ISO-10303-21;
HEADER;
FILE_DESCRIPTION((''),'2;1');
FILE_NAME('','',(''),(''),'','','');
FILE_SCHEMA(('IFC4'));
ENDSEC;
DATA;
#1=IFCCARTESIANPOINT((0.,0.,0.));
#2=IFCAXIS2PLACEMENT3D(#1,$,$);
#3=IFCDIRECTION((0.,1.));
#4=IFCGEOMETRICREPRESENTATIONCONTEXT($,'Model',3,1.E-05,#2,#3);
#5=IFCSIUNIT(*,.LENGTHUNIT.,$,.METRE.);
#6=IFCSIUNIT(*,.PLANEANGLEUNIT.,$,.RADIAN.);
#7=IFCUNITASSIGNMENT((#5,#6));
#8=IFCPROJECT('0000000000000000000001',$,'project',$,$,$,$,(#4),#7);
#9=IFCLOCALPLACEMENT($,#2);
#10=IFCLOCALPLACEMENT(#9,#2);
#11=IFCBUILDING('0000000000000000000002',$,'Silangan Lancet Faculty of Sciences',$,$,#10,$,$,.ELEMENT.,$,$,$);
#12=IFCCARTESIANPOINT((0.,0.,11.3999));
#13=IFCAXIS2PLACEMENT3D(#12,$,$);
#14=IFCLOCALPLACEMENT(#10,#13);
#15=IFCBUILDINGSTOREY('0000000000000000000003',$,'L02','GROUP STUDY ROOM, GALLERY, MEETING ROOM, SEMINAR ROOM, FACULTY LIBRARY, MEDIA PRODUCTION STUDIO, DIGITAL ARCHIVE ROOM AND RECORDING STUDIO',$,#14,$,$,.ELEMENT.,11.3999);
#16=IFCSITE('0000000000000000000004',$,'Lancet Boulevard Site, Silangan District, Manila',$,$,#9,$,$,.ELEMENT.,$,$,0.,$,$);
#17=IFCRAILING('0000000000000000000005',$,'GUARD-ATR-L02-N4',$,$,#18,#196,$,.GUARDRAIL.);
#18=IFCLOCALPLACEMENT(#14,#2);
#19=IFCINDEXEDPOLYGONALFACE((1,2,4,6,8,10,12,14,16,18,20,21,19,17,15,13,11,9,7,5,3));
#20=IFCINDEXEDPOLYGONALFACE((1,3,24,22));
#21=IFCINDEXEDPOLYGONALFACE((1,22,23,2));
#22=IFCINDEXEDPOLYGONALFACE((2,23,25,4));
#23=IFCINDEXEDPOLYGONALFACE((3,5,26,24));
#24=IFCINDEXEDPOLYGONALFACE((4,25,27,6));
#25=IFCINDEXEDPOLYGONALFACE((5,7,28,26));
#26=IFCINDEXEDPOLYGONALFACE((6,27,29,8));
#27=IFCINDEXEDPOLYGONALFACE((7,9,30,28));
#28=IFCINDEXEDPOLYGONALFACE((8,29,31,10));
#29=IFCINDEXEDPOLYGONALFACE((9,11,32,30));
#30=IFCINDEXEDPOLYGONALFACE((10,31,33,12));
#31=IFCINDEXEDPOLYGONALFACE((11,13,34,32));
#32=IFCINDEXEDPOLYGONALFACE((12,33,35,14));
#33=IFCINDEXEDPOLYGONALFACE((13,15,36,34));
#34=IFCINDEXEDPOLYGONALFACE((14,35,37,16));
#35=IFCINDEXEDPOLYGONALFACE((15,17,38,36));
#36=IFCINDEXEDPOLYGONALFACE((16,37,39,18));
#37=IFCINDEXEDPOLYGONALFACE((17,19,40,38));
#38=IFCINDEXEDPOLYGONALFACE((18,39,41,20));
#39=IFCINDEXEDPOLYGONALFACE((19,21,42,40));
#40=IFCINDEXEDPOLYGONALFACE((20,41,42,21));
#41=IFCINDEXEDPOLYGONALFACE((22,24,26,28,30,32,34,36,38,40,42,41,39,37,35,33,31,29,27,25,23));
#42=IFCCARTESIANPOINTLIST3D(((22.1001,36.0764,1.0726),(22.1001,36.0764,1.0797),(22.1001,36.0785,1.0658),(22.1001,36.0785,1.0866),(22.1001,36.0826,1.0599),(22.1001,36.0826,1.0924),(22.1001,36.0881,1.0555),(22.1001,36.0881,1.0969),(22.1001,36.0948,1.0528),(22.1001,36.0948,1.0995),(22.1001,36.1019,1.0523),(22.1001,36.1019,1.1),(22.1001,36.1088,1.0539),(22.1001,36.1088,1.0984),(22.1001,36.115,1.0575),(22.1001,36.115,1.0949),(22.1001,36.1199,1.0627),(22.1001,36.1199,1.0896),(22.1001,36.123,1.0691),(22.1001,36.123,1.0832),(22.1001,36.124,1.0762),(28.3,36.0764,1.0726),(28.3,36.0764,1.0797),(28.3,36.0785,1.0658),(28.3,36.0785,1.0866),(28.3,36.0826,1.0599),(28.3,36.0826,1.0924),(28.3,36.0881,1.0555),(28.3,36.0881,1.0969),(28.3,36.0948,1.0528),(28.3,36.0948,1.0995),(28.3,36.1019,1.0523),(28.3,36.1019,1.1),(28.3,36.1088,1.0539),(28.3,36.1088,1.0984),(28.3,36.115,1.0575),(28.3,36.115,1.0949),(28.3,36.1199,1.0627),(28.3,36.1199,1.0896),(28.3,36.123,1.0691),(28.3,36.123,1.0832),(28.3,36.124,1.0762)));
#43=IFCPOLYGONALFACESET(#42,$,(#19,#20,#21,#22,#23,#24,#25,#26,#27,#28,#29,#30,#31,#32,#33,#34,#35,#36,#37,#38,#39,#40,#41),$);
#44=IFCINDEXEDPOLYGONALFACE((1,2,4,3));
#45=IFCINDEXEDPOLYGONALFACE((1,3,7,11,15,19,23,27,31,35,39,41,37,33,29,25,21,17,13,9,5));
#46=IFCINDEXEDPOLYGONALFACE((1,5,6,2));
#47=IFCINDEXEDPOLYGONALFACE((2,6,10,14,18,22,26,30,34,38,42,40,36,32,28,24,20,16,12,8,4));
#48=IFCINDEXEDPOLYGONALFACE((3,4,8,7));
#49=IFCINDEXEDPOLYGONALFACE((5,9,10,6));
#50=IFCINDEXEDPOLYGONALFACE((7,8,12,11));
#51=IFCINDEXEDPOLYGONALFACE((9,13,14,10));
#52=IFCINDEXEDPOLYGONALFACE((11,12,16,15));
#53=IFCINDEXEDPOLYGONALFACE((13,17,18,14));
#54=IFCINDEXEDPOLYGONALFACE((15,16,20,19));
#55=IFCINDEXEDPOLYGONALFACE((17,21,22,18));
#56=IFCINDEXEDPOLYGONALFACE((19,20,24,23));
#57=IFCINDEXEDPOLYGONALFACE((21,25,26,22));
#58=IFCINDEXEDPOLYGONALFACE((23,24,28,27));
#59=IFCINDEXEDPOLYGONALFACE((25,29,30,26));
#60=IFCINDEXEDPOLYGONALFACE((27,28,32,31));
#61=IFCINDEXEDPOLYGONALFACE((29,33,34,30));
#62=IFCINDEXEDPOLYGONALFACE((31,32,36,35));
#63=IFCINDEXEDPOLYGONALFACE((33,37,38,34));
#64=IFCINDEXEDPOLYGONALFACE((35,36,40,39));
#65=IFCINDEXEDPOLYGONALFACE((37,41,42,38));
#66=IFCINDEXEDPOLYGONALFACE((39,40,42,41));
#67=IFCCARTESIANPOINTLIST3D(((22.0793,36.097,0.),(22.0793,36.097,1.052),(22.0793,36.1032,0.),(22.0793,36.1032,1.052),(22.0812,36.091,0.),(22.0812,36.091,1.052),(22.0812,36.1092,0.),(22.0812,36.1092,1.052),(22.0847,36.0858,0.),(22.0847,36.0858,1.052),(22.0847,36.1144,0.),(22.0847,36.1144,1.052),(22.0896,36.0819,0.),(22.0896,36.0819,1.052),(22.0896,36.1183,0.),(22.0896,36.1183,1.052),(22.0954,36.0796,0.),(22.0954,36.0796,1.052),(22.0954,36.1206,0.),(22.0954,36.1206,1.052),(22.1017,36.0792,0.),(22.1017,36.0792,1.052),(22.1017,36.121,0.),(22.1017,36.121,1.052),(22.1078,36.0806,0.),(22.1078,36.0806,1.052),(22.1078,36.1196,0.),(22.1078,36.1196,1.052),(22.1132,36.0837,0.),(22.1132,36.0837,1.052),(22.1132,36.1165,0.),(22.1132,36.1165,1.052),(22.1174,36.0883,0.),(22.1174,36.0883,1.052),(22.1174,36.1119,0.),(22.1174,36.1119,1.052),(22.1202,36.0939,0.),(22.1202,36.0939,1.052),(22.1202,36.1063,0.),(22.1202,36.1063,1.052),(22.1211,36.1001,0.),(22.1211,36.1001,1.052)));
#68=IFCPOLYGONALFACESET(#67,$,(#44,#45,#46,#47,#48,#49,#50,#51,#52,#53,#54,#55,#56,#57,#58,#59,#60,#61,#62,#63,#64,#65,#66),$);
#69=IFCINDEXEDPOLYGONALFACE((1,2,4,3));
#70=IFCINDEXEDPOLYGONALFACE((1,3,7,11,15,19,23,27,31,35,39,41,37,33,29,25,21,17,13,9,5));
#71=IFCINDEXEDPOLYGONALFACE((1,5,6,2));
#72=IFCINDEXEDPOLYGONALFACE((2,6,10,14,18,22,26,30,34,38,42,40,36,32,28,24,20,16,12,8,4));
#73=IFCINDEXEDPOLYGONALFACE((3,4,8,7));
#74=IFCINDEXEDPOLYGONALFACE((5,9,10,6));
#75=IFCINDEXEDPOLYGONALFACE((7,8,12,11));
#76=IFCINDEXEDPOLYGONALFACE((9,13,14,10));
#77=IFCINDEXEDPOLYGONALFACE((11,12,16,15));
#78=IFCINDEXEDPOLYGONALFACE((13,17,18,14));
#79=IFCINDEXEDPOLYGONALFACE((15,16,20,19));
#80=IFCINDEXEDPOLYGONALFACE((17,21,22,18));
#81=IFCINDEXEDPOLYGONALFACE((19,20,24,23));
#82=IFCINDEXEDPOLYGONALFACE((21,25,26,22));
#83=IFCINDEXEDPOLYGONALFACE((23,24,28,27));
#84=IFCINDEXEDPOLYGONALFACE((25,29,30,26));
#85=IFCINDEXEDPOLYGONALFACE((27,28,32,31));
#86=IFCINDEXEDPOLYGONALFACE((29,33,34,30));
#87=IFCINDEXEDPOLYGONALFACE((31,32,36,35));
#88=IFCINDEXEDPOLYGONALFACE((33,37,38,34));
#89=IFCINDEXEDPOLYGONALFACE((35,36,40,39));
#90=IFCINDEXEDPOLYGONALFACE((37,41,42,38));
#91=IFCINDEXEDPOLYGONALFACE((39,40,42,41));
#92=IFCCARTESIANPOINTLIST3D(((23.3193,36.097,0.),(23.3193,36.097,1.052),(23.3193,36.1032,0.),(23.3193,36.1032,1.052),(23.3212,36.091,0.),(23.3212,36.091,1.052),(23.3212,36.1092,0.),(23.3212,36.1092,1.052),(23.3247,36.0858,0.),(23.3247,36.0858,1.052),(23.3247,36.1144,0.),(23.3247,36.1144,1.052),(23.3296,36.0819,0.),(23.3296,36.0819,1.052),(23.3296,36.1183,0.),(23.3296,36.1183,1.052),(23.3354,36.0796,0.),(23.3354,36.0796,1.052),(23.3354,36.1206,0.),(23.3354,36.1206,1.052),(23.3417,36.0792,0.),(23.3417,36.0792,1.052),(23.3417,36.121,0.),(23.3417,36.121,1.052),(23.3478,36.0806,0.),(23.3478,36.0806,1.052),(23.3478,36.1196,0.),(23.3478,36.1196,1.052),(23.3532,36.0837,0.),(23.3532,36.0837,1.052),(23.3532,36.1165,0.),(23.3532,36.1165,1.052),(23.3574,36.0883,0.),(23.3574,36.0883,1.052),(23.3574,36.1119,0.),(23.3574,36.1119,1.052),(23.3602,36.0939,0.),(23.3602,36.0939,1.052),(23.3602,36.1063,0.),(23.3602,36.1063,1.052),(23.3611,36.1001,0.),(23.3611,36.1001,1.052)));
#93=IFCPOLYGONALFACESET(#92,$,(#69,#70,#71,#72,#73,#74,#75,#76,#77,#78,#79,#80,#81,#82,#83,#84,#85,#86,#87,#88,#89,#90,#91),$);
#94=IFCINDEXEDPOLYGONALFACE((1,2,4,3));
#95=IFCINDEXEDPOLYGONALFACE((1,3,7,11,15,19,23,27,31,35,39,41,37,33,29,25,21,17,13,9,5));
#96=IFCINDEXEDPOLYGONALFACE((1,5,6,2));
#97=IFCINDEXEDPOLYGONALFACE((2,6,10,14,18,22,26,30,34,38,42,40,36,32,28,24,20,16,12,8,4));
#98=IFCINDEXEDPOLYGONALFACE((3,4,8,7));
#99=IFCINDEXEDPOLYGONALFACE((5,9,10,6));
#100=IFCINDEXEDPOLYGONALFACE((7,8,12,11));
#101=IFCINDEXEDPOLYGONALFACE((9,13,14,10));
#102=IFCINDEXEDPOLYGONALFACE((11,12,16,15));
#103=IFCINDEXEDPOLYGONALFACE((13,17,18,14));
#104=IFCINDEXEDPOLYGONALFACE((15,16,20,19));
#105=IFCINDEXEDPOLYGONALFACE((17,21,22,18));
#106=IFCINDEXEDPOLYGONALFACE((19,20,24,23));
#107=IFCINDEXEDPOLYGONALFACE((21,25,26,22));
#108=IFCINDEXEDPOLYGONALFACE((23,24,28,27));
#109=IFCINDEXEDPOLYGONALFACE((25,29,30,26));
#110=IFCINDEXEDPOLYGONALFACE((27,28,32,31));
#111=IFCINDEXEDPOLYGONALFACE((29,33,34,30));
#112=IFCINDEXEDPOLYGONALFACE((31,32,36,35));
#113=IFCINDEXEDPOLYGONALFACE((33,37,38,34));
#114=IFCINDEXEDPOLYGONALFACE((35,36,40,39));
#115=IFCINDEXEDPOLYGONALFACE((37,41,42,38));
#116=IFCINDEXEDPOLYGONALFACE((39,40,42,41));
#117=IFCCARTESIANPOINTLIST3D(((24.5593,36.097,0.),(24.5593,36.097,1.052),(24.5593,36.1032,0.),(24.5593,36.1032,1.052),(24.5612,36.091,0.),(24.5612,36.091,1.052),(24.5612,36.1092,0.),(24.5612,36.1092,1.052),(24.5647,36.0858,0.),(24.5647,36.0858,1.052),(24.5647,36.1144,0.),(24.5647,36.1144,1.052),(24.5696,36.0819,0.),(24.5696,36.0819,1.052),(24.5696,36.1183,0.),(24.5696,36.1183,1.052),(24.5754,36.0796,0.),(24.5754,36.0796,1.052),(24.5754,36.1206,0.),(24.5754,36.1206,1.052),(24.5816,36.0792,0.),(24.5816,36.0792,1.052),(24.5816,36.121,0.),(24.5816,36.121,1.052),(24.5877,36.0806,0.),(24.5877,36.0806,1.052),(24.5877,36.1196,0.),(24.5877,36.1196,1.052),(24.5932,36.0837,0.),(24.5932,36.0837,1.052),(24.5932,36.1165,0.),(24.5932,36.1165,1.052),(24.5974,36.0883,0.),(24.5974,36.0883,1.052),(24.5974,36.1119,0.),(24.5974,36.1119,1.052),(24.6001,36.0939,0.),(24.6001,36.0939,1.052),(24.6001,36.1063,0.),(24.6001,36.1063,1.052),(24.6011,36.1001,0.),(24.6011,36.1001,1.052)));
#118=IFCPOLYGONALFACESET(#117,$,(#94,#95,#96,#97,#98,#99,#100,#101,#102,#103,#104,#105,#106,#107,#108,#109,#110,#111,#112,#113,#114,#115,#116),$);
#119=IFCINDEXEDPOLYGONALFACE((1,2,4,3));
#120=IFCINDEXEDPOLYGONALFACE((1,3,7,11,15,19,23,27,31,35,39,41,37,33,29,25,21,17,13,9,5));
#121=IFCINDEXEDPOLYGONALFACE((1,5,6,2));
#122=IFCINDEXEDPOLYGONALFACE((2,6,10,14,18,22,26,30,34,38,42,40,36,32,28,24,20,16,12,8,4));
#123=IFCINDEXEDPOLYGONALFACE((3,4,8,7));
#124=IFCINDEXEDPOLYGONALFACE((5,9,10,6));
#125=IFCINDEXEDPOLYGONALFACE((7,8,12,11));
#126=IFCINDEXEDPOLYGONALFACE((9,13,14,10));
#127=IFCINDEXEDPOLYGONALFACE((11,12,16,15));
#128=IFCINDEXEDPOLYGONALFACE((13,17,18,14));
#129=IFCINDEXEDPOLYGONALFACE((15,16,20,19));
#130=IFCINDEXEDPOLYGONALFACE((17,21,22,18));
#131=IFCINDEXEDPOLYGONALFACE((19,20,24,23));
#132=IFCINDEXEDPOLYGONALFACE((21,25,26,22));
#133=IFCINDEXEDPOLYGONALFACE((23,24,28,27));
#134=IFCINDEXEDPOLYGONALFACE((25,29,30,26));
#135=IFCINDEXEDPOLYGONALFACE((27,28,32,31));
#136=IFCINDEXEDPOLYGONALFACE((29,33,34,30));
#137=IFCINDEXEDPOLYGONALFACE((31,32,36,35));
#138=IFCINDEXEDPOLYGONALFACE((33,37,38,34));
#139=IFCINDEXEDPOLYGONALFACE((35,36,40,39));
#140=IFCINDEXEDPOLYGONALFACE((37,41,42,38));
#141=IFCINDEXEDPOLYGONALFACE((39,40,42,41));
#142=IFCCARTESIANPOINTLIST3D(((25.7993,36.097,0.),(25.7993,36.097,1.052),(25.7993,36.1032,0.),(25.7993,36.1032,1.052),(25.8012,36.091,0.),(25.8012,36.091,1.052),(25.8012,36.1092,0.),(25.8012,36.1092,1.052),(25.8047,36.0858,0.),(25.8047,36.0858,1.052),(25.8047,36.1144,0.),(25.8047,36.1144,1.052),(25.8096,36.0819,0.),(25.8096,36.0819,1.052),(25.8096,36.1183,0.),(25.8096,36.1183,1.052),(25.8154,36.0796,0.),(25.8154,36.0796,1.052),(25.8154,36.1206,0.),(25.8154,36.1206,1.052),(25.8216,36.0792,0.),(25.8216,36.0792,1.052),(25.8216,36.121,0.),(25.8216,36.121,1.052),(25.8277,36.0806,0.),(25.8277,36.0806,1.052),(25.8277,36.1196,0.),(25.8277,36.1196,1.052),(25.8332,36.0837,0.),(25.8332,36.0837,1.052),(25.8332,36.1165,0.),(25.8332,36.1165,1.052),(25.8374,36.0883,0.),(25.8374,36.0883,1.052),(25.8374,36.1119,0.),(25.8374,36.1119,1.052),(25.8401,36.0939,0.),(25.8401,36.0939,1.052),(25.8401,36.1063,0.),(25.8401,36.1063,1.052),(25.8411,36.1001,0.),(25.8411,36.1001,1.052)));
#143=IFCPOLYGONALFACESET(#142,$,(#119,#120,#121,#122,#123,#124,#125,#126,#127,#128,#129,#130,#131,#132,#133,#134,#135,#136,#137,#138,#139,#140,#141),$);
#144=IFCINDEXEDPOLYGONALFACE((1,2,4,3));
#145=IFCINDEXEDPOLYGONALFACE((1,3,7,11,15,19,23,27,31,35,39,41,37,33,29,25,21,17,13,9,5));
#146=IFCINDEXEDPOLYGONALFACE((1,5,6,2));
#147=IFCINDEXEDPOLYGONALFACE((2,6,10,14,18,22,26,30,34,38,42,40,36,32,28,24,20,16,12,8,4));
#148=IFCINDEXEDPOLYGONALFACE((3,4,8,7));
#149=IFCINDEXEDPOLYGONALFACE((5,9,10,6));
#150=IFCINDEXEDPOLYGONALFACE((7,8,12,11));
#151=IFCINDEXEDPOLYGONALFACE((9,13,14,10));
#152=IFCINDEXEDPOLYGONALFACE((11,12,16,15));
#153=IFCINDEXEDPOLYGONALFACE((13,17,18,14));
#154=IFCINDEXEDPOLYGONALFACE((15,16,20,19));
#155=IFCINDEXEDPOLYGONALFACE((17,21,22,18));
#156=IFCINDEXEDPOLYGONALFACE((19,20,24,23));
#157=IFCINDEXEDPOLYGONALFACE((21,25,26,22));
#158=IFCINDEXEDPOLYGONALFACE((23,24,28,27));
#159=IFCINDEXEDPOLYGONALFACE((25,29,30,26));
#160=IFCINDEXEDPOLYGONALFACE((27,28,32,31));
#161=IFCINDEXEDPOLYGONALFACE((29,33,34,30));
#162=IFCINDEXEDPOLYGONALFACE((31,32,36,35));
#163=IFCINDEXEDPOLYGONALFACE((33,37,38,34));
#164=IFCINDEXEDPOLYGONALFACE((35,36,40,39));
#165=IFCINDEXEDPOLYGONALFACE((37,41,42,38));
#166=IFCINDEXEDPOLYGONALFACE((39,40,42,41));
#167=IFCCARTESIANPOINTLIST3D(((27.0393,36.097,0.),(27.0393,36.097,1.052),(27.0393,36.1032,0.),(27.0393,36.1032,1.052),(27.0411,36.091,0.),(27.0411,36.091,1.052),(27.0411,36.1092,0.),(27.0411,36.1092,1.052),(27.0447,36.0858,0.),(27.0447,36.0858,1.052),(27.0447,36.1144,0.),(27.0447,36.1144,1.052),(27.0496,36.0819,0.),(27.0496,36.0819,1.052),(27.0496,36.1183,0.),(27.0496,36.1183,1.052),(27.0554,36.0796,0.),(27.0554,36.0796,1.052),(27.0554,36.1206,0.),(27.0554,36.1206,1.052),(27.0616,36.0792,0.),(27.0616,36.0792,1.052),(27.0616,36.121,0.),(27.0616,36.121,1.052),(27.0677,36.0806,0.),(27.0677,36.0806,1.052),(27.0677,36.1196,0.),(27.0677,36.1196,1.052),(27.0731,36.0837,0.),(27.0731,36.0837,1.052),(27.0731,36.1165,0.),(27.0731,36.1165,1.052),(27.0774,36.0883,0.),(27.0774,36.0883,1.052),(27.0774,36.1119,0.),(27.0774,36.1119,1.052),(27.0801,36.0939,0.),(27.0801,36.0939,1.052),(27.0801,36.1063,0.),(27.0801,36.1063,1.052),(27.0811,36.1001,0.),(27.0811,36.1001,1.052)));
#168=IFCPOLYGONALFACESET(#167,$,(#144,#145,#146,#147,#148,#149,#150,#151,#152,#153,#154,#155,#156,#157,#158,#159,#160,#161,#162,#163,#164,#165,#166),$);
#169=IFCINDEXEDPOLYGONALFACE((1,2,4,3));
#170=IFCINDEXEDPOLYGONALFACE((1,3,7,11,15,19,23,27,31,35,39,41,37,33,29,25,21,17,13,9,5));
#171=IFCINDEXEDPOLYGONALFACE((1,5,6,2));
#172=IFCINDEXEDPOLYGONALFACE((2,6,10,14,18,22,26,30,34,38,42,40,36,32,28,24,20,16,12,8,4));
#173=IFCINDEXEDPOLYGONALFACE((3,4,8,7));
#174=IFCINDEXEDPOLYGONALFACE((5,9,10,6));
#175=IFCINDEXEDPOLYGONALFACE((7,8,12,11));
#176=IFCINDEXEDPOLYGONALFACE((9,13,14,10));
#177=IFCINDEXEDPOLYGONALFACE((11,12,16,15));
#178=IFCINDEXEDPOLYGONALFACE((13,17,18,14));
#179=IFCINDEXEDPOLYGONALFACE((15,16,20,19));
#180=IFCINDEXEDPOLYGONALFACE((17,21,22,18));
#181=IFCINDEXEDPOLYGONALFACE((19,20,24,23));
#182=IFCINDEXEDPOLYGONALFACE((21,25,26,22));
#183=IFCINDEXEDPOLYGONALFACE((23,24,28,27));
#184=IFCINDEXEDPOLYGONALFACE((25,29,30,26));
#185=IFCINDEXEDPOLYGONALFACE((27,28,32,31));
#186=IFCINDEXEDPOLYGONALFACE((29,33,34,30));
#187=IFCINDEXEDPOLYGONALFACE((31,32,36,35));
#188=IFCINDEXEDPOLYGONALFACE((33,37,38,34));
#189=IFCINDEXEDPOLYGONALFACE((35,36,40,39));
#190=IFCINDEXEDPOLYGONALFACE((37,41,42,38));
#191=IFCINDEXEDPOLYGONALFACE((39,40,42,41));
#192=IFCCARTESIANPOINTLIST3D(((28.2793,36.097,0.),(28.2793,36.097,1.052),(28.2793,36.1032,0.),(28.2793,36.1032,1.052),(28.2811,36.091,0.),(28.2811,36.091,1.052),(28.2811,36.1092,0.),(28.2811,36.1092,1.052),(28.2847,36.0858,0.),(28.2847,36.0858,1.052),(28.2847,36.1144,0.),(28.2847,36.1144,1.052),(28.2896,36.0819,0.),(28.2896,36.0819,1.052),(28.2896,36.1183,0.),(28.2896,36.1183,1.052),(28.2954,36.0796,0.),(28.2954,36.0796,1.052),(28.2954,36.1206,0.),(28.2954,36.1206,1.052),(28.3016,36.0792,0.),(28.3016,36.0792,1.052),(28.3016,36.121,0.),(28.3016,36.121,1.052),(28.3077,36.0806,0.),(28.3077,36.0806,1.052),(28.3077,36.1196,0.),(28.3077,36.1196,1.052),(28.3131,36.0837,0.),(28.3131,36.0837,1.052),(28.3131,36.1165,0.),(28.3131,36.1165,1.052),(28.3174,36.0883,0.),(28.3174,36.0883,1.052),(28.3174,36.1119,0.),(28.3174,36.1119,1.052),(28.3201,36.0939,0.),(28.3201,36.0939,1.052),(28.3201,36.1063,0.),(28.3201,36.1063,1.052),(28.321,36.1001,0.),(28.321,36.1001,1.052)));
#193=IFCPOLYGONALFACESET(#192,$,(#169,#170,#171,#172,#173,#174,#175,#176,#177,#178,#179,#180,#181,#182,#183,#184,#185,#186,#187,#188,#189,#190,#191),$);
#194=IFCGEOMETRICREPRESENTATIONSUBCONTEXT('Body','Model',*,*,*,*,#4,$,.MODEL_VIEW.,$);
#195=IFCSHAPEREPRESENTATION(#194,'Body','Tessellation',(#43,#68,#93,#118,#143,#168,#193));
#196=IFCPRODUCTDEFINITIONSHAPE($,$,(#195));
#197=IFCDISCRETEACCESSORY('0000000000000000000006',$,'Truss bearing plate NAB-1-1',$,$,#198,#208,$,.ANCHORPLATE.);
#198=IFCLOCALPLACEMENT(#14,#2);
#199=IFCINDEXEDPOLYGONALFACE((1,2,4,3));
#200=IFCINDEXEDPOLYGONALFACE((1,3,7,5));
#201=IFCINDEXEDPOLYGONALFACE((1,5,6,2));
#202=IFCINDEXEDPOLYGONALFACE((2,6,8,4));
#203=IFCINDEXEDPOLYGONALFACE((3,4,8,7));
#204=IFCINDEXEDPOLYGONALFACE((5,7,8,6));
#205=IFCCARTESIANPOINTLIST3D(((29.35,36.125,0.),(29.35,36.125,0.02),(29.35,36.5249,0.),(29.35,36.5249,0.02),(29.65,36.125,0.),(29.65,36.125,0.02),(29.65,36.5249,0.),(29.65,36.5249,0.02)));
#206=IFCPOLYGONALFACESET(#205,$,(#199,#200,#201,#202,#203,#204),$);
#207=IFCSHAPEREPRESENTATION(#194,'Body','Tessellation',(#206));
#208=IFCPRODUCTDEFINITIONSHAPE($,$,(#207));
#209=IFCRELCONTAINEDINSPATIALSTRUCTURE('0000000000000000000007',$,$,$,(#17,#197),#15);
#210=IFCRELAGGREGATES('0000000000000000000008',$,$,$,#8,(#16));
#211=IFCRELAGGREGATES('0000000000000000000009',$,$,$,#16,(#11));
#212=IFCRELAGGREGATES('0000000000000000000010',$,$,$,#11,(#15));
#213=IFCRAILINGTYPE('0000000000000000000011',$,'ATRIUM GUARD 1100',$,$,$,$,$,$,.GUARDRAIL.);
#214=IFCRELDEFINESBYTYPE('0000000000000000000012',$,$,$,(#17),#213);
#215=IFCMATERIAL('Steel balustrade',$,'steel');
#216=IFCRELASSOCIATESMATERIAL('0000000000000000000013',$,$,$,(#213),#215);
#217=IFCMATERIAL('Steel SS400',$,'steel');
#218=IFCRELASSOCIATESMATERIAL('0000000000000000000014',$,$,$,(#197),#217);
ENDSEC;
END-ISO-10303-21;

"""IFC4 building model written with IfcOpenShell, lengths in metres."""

from ifc_helpers import new_model, si_unit, direction, frame, origin, origin_2d, place, context, subcontext, project, spatial, rectangle, circle, extrude, material, type_object, element, save


model = new_model("IFC4")

# Units and contexts
model_context = context("Model", 3, precision=1e-05, world=origin(), true_north=direction((0.0, 1.0)))
body_context = subcontext(model_context, "Body", "Model", "MODEL_VIEW")
ifc_project = project(units=[si_unit("LENGTHUNIT", "METRE"), si_unit("PLANEANGLEUNIT", "RADIAN")], contexts=[model_context])

# Site, building, storey
site_placement = place(None, origin())
site = spatial("IfcSite", under=ifc_project, at=site_placement, Name="Lancet Boulevard Site, Silangan District, Manila", CompositionType="ELEMENT", RefElevation=0.0)
building_placement = place(site_placement, origin())
building = spatial("IfcBuilding", under=site, at=building_placement, Name="Silangan Lancet Faculty of Sciences", CompositionType="ELEMENT")
storey_placement = place(building_placement, frame((0.0, 0.0, 11.3999)))
storey = spatial("IfcBuildingStorey", under=building, at=storey_placement, Name="L02", Description="GROUP STUDY ROOM, GALLERY, MEETING ROOM, SEMINAR ROOM, FACULTY LIBRARY, MEDIA PRODUCTION STUDIO, DIGITAL ARCHIVE ROOM AND RECORDING STUDIO", CompositionType="ELEMENT", Elevation=11.3999)

# Railing
ifc_material_1 = material(Name="Steel balustrade", Category="steel")
railing_type = type_object("IfcRailingType", Name="ATRIUM GUARD 1100", PredefinedType="GUARDRAIL", material=ifc_material_1)
railing_placement = place(storey_placement, frame((22.1001, 36.1001, 0.0)))
element("IfcRailing", 1, at=railing_placement, inside=storey, type_object=railing_type, Name="GUARD-ATR-L02-N4", PredefinedType="GUARDRAIL", context=body_context, shape_type="SweptSolid", body=[
    extrude(circle(Radius=0.0239, at=origin_2d()), frame((0.0, 0.0, 1.0762), z_axis=(1.0, 0.0, 0.0), x_axis=(0.0, 1.0, 0.0)), (0.0, 0.0, 1.0), 6.2),
    extrude(circle(Radius=0.021, at=origin_2d()), origin(), (0.0, 0.0, 1.0), 1.052),
    extrude(circle(Radius=0.021, at=origin_2d()), frame((1.24, 0.0, 0.0)), (0.0, 0.0, 1.0), 1.052),
    extrude(circle(Radius=0.021, at=origin_2d()), frame((2.48, 0.0, 0.0)), (0.0, 0.0, 1.0), 1.052),
    extrude(circle(Radius=0.021, at=origin_2d()), frame((3.72, 0.0, 0.0)), (0.0, 0.0, 1.0), 1.052),
    extrude(circle(Radius=0.021, at=origin_2d()), frame((4.96, 0.0, 0.0)), (0.0, 0.0, 1.0), 1.052),
    extrude(circle(Radius=0.021, at=origin_2d()), frame((6.2, 0.0, 0.0)), (0.0, 0.0, 1.0), 1.052),
])

# Discrete accessory
ifc_material_2 = material(Name="Steel SS400", Category="steel")
discrete_accessory_placement = place(storey_placement, frame((29.5, 36.325, 0.0), z_axis=(0.0, 0.0, 1.0), x_axis=(1.0, 0.0, 0.0)))
element("IfcDiscreteAccessory", 2, at=discrete_accessory_placement, inside=storey, material=ifc_material_2, Name="Truss bearing plate NAB-1-1", PredefinedType="ANCHORPLATE", context=body_context, shape_type="SweptSolid", body=[
    extrude(rectangle(XDim=0.3, YDim=0.3999, at=origin_2d()), origin(), (0.0, 0.0, 1.0), 0.02),
])

save(model, "model.ifc")
